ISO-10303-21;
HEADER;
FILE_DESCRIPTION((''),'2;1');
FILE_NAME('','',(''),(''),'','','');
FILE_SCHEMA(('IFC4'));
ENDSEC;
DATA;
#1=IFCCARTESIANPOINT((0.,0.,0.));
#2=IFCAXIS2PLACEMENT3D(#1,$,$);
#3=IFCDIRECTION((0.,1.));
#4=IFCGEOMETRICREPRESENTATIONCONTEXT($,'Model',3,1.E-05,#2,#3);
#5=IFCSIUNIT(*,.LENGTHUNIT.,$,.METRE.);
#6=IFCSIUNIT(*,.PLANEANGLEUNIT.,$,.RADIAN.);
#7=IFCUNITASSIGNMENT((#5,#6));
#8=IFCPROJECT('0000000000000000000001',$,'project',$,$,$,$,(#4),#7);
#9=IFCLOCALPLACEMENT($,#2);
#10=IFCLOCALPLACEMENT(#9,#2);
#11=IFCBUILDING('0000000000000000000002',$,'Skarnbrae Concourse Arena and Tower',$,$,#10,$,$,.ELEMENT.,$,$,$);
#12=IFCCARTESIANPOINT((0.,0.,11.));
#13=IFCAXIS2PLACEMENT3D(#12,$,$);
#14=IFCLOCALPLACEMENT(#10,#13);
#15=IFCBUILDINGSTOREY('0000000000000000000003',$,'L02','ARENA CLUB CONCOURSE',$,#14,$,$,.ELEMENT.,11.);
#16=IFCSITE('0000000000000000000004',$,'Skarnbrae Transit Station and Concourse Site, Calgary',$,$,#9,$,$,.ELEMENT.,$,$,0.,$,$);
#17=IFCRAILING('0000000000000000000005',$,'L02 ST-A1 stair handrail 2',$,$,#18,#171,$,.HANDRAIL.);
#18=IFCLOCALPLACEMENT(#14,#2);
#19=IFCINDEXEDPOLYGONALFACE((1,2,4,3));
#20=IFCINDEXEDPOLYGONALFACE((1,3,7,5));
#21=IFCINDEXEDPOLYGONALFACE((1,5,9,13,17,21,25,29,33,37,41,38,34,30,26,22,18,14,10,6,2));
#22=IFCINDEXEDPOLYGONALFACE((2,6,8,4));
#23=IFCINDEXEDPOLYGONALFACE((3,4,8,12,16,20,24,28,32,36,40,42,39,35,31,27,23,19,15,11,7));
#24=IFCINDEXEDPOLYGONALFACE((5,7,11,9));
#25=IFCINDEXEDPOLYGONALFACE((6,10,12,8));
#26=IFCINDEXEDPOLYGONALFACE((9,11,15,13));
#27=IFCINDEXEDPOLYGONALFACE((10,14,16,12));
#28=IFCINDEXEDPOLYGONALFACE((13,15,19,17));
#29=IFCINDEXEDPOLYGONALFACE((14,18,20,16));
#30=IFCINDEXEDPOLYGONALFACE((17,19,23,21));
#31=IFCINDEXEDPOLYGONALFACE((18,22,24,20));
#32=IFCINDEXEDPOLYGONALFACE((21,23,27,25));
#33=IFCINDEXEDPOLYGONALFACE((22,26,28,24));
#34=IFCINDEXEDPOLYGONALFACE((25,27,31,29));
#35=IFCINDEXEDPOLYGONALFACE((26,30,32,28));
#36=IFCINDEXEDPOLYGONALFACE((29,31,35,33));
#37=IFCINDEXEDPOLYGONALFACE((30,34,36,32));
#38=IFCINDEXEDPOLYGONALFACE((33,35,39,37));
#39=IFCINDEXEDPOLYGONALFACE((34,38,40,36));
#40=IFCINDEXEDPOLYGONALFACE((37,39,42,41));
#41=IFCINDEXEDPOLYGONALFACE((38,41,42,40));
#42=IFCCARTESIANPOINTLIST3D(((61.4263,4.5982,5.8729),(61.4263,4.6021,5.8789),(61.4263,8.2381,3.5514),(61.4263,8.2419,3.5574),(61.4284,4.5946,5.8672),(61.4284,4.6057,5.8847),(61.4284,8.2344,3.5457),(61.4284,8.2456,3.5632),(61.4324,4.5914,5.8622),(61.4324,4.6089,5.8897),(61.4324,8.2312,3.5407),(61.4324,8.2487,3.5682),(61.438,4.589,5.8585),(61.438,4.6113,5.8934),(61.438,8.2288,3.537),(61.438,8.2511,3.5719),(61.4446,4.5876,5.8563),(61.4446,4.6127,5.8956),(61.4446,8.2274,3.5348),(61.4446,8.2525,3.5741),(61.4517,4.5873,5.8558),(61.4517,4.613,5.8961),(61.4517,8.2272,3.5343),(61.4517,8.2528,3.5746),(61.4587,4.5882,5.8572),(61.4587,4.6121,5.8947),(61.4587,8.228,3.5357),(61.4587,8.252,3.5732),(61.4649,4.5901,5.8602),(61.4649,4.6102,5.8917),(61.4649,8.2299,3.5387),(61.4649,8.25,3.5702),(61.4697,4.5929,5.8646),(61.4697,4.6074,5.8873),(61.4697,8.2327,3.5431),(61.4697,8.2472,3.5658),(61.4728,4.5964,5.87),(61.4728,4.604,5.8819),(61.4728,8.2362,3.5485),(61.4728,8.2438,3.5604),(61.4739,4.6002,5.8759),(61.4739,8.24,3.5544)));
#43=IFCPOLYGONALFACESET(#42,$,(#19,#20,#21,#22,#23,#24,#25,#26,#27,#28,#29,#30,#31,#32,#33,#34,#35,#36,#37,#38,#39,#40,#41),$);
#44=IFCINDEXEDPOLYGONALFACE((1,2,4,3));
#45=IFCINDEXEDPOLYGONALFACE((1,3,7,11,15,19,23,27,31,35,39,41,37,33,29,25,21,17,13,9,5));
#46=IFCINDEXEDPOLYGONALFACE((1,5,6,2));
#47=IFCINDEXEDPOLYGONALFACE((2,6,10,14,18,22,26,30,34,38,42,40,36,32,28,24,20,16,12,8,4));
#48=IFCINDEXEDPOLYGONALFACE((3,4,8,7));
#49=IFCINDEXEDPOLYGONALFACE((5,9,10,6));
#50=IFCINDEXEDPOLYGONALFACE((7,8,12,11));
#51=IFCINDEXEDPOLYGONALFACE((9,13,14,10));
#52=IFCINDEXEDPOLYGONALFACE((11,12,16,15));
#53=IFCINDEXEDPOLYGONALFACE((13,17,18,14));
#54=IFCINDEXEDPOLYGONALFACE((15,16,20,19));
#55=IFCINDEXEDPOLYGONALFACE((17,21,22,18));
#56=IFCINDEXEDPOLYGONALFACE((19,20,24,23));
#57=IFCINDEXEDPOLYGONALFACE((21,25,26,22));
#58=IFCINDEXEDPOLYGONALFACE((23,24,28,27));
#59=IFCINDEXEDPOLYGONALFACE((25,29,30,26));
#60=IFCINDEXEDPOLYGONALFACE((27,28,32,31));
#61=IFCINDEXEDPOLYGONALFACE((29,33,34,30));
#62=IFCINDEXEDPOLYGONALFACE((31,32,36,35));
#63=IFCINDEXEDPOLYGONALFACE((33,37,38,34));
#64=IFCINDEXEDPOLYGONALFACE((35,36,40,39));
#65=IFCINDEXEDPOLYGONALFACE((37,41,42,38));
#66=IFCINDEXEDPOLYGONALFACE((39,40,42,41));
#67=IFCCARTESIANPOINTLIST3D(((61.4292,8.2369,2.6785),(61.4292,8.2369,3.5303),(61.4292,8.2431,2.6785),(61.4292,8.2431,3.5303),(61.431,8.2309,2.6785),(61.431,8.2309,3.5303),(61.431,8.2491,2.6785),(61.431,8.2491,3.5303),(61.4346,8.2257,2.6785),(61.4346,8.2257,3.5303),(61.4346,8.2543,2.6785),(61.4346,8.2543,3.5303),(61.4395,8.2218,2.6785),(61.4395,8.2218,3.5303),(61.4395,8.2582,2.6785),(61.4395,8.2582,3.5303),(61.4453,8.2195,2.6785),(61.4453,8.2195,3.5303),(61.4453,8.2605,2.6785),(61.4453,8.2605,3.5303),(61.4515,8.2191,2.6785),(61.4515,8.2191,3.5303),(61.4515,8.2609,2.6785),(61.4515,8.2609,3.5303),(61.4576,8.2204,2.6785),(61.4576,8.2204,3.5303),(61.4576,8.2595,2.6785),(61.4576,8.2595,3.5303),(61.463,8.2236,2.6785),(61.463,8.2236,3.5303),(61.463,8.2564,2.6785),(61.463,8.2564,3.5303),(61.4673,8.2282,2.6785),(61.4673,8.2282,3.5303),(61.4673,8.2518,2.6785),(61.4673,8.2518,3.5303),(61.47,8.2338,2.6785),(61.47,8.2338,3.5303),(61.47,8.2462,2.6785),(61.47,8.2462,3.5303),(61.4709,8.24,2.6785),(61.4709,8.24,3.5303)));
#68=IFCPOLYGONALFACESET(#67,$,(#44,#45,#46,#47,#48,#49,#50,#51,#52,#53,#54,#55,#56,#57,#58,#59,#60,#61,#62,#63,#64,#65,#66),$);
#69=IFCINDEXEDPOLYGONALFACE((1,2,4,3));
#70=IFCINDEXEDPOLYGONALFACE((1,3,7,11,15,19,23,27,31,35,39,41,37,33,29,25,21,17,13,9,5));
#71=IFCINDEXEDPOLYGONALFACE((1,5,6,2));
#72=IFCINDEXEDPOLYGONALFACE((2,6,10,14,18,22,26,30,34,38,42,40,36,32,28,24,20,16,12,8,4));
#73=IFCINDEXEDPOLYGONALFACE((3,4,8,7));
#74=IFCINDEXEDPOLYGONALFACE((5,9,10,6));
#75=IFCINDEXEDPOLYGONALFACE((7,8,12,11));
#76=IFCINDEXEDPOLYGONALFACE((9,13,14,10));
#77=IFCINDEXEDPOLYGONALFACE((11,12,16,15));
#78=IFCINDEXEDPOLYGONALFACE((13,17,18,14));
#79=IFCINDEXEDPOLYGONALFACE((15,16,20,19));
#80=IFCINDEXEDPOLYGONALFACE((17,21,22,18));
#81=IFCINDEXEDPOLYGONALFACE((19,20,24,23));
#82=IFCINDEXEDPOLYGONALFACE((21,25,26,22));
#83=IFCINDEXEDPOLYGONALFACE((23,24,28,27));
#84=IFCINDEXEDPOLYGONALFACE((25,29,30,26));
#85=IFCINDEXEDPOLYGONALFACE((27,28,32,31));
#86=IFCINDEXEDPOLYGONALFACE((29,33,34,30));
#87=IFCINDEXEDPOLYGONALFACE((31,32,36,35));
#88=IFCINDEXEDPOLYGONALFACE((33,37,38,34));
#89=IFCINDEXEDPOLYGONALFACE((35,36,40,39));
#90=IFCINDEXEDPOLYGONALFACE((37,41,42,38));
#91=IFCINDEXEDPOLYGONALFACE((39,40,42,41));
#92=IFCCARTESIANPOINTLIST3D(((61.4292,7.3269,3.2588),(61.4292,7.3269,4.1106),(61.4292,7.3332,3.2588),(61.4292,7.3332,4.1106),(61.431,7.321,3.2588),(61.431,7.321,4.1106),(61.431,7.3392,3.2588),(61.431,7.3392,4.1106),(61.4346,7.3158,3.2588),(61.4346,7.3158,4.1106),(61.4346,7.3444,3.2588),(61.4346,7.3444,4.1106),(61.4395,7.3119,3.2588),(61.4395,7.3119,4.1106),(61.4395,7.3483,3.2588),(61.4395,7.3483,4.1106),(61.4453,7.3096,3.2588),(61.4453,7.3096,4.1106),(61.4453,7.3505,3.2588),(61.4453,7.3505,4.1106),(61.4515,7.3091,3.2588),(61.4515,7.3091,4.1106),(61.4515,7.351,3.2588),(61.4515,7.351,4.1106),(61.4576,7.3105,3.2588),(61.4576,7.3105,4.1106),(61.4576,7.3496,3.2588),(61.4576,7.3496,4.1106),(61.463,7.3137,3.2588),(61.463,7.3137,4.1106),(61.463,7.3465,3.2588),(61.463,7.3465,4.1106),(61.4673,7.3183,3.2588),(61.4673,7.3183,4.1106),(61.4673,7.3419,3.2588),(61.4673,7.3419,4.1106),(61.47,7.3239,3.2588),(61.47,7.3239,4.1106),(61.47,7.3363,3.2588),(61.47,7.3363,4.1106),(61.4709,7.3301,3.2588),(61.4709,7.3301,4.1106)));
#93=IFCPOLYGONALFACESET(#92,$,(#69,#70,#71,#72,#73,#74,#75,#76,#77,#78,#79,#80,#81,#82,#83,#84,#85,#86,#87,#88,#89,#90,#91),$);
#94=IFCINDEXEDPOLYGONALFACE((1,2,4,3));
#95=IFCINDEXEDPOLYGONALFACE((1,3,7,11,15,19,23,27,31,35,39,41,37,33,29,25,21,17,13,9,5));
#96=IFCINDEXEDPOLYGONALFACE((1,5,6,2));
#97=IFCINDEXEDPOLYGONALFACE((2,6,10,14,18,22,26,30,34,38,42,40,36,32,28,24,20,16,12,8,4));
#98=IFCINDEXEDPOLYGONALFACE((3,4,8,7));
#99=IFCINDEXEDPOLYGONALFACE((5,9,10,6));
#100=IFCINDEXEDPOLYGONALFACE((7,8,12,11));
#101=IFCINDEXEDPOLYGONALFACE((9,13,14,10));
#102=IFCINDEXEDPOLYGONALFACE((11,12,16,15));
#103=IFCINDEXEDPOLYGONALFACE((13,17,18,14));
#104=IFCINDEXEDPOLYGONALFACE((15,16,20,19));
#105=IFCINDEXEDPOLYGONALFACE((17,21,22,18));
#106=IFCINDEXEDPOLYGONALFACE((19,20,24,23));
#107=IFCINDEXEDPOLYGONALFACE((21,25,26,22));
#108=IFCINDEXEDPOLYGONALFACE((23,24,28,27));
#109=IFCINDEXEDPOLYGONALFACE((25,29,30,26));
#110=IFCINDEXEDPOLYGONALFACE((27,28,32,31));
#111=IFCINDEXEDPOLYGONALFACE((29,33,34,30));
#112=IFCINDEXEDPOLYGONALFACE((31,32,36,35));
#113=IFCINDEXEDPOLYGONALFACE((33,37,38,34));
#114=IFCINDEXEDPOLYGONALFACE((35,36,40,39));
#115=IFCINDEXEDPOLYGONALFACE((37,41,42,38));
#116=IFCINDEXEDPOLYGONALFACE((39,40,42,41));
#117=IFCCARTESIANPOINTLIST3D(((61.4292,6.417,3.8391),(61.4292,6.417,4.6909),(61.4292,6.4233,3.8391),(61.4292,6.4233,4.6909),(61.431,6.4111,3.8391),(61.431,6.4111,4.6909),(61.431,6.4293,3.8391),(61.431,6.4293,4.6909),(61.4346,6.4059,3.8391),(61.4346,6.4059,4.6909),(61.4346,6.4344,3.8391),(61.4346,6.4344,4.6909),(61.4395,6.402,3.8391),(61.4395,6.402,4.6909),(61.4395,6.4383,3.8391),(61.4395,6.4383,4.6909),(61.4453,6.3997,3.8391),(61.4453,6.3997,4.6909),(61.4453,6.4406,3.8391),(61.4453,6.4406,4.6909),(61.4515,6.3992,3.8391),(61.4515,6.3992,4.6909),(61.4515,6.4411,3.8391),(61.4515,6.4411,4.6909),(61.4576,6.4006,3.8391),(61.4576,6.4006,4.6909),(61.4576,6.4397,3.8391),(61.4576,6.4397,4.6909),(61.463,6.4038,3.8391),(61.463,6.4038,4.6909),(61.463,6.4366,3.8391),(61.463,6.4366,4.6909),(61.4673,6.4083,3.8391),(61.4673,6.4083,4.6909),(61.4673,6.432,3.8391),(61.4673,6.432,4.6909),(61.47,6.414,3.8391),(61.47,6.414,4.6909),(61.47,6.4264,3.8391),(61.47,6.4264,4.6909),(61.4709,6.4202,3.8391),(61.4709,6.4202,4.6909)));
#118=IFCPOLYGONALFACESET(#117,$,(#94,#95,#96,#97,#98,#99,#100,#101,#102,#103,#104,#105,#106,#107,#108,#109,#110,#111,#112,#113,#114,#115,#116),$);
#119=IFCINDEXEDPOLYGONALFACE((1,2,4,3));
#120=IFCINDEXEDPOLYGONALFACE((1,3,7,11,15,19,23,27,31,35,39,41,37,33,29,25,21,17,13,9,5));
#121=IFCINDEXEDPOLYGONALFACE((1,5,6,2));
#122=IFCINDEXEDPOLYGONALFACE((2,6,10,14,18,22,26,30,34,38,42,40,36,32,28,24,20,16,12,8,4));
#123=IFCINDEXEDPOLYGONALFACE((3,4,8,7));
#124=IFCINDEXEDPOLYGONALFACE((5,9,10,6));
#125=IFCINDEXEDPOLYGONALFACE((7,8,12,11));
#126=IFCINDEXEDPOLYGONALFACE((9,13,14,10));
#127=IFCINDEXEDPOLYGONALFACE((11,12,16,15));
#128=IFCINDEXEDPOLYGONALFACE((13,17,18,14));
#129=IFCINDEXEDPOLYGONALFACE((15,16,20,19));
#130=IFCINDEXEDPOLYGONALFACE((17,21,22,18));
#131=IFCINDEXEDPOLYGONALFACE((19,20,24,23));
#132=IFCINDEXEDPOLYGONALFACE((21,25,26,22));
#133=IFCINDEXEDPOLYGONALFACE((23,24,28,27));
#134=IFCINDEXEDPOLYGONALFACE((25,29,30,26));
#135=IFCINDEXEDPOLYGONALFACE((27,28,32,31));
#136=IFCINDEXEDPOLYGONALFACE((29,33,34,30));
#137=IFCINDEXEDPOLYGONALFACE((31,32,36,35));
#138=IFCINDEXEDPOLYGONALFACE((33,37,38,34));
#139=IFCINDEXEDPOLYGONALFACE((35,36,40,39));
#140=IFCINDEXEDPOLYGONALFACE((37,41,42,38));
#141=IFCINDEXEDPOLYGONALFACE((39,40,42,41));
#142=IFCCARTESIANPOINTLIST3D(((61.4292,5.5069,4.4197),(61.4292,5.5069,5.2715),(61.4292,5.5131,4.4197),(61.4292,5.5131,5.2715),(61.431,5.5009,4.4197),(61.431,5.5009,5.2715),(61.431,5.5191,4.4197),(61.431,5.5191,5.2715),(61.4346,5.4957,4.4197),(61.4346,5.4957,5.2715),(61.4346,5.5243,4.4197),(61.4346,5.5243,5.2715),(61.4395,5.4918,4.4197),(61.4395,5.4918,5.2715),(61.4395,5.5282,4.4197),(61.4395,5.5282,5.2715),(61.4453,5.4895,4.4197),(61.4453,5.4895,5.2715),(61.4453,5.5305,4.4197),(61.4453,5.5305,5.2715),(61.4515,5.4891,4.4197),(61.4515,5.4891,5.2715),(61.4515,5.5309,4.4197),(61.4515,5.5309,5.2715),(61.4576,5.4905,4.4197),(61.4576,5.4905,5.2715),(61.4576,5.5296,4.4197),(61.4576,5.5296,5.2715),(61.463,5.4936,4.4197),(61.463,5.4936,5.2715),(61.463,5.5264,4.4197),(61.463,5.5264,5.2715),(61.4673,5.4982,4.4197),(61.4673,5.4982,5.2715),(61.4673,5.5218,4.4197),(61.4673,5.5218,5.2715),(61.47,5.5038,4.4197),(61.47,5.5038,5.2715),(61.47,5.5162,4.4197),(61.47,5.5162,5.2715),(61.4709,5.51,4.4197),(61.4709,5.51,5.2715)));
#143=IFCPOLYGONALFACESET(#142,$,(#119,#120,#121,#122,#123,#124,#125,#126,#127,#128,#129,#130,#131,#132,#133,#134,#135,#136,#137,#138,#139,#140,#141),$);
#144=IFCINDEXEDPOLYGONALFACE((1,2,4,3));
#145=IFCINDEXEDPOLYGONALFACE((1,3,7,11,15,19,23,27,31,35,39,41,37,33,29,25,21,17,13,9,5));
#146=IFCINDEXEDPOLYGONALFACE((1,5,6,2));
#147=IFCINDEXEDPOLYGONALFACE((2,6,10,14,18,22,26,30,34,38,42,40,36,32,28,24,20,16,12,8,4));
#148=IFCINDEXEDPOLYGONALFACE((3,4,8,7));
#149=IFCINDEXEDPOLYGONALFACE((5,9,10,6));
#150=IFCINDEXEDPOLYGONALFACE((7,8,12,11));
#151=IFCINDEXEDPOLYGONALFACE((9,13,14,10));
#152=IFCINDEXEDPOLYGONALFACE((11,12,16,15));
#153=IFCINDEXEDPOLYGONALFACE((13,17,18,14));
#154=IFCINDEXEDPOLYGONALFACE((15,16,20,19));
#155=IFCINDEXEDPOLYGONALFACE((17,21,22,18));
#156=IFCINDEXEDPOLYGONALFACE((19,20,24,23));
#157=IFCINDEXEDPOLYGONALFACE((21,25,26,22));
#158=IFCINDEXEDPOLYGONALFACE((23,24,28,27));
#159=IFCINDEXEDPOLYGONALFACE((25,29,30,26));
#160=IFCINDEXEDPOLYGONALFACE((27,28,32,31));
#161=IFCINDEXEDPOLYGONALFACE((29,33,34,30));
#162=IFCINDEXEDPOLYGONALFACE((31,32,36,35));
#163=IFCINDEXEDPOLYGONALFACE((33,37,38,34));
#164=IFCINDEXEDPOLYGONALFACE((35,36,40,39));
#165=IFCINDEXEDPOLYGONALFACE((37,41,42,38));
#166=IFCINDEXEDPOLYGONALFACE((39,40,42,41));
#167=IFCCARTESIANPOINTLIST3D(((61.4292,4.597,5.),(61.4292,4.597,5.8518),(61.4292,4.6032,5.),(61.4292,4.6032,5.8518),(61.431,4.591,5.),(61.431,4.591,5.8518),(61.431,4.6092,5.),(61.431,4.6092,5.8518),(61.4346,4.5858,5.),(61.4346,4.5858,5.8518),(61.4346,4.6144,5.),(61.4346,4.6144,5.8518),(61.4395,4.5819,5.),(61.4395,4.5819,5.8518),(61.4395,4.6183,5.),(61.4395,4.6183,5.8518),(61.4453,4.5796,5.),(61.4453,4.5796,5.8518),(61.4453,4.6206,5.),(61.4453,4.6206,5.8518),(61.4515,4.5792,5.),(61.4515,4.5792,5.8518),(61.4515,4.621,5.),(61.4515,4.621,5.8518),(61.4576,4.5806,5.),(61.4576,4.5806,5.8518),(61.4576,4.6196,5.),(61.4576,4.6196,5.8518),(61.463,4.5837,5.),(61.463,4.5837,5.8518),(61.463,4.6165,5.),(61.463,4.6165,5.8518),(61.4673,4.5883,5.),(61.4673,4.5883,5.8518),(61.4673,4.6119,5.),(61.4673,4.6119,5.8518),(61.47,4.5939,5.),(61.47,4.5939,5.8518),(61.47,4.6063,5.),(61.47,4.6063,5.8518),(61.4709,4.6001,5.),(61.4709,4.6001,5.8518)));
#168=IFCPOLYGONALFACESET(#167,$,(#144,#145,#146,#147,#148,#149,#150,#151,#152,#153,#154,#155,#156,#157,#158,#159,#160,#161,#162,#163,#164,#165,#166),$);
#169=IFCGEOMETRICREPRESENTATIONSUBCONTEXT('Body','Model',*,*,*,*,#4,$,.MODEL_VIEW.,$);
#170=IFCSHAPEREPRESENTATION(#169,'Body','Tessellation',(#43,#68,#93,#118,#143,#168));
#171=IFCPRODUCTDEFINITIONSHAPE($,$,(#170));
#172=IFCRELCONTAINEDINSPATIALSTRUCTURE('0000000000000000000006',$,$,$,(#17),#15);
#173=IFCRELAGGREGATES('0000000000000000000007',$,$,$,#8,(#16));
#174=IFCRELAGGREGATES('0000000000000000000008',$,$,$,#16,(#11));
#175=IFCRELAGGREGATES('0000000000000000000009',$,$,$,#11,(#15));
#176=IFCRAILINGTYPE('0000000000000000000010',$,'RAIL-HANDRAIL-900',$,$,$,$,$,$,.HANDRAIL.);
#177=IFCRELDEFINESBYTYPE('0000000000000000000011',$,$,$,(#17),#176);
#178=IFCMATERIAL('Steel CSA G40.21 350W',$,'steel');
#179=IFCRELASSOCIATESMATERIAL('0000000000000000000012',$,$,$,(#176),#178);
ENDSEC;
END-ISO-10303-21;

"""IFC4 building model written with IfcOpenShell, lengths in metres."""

from ifc_helpers import new_model, si_unit, direction, frame, origin, origin_2d, place, context, subcontext, project, spatial, circle, extrude, material, type_object, element, save


model = new_model("IFC4")

# Units and contexts
model_context = context("Model", 3, precision=1e-05, world=origin(), true_north=direction((0.0, 1.0)))
body_context = subcontext(model_context, "Body", "Model", "MODEL_VIEW")
ifc_project = project(units=[si_unit("LENGTHUNIT", "METRE"), si_unit("PLANEANGLEUNIT", "RADIAN")], contexts=[model_context])

# Site, building, storey
site_placement = place(None, origin())
site = spatial("IfcSite", under=ifc_project, at=site_placement, Name="Skarnbrae Transit Station and Concourse Site, Calgary", CompositionType="ELEMENT", RefElevation=0.0)
building_placement = place(site_placement, origin())
building = spatial("IfcBuilding", under=site, at=building_placement, Name="Skarnbrae Concourse Arena and Tower", CompositionType="ELEMENT")
storey_placement = place(building_placement, frame((0.0, 0.0, 11.0)))
storey = spatial("IfcBuildingStorey", under=building, at=storey_placement, Name="L02", Description="ARENA CLUB CONCOURSE", CompositionType="ELEMENT", Elevation=11.0)

# Shared definitions
ifc_material_1 = material(Name="Steel CSA G40.21 350W", Category="steel")

# Railing
railing_type_1 = type_object("IfcRailingType", Name="RAIL-HANDRAIL-900", PredefinedType="HANDRAIL", material=ifc_material_1)
for number, where, name in (
    (1, (61.45, 8.24, 2.6785), "L02 ST-A1 stair handrail 2"),
):
    element("IfcRailing", number, at=place(storey_placement, frame(where)), inside=storey, type_object=railing_type_1, Name=name, PredefinedType="HANDRAIL", context=body_context, shape_type="SweptSolid", body=[
        extrude(circle(Radius=0.0239, at=origin_2d()), frame((0.0, 0.0, 0.876), z_axis=(0.0, -0.843112, 0.537739), x_axis=(1.0, 0.0, 0.0)), (0.0, 0.0, 1.0), 4.3171),
        extrude(circle(Radius=0.021, at=origin_2d()), origin(), (0.0, 0.0, 1.0), 0.8518),
        extrude(circle(Radius=0.021, at=origin_2d()), frame((0.0, -0.9099, 0.5803)), (0.0, 0.0, 1.0), 0.8518),
        extrude(circle(Radius=0.021, at=origin_2d()), frame((0.0, -1.8198, 1.1606)), (0.0, 0.0, 1.0), 0.8518),
        extrude(circle(Radius=0.021, at=origin_2d()), frame((0.0, -2.73, 1.7412)), (0.0, 0.0, 1.0), 0.8518),
        extrude(circle(Radius=0.021, at=origin_2d()), frame((0.0, -3.6399, 2.3215)), (0.0, 0.0, 1.0), 0.8518),
    ])

save(model, "model.ifc")
